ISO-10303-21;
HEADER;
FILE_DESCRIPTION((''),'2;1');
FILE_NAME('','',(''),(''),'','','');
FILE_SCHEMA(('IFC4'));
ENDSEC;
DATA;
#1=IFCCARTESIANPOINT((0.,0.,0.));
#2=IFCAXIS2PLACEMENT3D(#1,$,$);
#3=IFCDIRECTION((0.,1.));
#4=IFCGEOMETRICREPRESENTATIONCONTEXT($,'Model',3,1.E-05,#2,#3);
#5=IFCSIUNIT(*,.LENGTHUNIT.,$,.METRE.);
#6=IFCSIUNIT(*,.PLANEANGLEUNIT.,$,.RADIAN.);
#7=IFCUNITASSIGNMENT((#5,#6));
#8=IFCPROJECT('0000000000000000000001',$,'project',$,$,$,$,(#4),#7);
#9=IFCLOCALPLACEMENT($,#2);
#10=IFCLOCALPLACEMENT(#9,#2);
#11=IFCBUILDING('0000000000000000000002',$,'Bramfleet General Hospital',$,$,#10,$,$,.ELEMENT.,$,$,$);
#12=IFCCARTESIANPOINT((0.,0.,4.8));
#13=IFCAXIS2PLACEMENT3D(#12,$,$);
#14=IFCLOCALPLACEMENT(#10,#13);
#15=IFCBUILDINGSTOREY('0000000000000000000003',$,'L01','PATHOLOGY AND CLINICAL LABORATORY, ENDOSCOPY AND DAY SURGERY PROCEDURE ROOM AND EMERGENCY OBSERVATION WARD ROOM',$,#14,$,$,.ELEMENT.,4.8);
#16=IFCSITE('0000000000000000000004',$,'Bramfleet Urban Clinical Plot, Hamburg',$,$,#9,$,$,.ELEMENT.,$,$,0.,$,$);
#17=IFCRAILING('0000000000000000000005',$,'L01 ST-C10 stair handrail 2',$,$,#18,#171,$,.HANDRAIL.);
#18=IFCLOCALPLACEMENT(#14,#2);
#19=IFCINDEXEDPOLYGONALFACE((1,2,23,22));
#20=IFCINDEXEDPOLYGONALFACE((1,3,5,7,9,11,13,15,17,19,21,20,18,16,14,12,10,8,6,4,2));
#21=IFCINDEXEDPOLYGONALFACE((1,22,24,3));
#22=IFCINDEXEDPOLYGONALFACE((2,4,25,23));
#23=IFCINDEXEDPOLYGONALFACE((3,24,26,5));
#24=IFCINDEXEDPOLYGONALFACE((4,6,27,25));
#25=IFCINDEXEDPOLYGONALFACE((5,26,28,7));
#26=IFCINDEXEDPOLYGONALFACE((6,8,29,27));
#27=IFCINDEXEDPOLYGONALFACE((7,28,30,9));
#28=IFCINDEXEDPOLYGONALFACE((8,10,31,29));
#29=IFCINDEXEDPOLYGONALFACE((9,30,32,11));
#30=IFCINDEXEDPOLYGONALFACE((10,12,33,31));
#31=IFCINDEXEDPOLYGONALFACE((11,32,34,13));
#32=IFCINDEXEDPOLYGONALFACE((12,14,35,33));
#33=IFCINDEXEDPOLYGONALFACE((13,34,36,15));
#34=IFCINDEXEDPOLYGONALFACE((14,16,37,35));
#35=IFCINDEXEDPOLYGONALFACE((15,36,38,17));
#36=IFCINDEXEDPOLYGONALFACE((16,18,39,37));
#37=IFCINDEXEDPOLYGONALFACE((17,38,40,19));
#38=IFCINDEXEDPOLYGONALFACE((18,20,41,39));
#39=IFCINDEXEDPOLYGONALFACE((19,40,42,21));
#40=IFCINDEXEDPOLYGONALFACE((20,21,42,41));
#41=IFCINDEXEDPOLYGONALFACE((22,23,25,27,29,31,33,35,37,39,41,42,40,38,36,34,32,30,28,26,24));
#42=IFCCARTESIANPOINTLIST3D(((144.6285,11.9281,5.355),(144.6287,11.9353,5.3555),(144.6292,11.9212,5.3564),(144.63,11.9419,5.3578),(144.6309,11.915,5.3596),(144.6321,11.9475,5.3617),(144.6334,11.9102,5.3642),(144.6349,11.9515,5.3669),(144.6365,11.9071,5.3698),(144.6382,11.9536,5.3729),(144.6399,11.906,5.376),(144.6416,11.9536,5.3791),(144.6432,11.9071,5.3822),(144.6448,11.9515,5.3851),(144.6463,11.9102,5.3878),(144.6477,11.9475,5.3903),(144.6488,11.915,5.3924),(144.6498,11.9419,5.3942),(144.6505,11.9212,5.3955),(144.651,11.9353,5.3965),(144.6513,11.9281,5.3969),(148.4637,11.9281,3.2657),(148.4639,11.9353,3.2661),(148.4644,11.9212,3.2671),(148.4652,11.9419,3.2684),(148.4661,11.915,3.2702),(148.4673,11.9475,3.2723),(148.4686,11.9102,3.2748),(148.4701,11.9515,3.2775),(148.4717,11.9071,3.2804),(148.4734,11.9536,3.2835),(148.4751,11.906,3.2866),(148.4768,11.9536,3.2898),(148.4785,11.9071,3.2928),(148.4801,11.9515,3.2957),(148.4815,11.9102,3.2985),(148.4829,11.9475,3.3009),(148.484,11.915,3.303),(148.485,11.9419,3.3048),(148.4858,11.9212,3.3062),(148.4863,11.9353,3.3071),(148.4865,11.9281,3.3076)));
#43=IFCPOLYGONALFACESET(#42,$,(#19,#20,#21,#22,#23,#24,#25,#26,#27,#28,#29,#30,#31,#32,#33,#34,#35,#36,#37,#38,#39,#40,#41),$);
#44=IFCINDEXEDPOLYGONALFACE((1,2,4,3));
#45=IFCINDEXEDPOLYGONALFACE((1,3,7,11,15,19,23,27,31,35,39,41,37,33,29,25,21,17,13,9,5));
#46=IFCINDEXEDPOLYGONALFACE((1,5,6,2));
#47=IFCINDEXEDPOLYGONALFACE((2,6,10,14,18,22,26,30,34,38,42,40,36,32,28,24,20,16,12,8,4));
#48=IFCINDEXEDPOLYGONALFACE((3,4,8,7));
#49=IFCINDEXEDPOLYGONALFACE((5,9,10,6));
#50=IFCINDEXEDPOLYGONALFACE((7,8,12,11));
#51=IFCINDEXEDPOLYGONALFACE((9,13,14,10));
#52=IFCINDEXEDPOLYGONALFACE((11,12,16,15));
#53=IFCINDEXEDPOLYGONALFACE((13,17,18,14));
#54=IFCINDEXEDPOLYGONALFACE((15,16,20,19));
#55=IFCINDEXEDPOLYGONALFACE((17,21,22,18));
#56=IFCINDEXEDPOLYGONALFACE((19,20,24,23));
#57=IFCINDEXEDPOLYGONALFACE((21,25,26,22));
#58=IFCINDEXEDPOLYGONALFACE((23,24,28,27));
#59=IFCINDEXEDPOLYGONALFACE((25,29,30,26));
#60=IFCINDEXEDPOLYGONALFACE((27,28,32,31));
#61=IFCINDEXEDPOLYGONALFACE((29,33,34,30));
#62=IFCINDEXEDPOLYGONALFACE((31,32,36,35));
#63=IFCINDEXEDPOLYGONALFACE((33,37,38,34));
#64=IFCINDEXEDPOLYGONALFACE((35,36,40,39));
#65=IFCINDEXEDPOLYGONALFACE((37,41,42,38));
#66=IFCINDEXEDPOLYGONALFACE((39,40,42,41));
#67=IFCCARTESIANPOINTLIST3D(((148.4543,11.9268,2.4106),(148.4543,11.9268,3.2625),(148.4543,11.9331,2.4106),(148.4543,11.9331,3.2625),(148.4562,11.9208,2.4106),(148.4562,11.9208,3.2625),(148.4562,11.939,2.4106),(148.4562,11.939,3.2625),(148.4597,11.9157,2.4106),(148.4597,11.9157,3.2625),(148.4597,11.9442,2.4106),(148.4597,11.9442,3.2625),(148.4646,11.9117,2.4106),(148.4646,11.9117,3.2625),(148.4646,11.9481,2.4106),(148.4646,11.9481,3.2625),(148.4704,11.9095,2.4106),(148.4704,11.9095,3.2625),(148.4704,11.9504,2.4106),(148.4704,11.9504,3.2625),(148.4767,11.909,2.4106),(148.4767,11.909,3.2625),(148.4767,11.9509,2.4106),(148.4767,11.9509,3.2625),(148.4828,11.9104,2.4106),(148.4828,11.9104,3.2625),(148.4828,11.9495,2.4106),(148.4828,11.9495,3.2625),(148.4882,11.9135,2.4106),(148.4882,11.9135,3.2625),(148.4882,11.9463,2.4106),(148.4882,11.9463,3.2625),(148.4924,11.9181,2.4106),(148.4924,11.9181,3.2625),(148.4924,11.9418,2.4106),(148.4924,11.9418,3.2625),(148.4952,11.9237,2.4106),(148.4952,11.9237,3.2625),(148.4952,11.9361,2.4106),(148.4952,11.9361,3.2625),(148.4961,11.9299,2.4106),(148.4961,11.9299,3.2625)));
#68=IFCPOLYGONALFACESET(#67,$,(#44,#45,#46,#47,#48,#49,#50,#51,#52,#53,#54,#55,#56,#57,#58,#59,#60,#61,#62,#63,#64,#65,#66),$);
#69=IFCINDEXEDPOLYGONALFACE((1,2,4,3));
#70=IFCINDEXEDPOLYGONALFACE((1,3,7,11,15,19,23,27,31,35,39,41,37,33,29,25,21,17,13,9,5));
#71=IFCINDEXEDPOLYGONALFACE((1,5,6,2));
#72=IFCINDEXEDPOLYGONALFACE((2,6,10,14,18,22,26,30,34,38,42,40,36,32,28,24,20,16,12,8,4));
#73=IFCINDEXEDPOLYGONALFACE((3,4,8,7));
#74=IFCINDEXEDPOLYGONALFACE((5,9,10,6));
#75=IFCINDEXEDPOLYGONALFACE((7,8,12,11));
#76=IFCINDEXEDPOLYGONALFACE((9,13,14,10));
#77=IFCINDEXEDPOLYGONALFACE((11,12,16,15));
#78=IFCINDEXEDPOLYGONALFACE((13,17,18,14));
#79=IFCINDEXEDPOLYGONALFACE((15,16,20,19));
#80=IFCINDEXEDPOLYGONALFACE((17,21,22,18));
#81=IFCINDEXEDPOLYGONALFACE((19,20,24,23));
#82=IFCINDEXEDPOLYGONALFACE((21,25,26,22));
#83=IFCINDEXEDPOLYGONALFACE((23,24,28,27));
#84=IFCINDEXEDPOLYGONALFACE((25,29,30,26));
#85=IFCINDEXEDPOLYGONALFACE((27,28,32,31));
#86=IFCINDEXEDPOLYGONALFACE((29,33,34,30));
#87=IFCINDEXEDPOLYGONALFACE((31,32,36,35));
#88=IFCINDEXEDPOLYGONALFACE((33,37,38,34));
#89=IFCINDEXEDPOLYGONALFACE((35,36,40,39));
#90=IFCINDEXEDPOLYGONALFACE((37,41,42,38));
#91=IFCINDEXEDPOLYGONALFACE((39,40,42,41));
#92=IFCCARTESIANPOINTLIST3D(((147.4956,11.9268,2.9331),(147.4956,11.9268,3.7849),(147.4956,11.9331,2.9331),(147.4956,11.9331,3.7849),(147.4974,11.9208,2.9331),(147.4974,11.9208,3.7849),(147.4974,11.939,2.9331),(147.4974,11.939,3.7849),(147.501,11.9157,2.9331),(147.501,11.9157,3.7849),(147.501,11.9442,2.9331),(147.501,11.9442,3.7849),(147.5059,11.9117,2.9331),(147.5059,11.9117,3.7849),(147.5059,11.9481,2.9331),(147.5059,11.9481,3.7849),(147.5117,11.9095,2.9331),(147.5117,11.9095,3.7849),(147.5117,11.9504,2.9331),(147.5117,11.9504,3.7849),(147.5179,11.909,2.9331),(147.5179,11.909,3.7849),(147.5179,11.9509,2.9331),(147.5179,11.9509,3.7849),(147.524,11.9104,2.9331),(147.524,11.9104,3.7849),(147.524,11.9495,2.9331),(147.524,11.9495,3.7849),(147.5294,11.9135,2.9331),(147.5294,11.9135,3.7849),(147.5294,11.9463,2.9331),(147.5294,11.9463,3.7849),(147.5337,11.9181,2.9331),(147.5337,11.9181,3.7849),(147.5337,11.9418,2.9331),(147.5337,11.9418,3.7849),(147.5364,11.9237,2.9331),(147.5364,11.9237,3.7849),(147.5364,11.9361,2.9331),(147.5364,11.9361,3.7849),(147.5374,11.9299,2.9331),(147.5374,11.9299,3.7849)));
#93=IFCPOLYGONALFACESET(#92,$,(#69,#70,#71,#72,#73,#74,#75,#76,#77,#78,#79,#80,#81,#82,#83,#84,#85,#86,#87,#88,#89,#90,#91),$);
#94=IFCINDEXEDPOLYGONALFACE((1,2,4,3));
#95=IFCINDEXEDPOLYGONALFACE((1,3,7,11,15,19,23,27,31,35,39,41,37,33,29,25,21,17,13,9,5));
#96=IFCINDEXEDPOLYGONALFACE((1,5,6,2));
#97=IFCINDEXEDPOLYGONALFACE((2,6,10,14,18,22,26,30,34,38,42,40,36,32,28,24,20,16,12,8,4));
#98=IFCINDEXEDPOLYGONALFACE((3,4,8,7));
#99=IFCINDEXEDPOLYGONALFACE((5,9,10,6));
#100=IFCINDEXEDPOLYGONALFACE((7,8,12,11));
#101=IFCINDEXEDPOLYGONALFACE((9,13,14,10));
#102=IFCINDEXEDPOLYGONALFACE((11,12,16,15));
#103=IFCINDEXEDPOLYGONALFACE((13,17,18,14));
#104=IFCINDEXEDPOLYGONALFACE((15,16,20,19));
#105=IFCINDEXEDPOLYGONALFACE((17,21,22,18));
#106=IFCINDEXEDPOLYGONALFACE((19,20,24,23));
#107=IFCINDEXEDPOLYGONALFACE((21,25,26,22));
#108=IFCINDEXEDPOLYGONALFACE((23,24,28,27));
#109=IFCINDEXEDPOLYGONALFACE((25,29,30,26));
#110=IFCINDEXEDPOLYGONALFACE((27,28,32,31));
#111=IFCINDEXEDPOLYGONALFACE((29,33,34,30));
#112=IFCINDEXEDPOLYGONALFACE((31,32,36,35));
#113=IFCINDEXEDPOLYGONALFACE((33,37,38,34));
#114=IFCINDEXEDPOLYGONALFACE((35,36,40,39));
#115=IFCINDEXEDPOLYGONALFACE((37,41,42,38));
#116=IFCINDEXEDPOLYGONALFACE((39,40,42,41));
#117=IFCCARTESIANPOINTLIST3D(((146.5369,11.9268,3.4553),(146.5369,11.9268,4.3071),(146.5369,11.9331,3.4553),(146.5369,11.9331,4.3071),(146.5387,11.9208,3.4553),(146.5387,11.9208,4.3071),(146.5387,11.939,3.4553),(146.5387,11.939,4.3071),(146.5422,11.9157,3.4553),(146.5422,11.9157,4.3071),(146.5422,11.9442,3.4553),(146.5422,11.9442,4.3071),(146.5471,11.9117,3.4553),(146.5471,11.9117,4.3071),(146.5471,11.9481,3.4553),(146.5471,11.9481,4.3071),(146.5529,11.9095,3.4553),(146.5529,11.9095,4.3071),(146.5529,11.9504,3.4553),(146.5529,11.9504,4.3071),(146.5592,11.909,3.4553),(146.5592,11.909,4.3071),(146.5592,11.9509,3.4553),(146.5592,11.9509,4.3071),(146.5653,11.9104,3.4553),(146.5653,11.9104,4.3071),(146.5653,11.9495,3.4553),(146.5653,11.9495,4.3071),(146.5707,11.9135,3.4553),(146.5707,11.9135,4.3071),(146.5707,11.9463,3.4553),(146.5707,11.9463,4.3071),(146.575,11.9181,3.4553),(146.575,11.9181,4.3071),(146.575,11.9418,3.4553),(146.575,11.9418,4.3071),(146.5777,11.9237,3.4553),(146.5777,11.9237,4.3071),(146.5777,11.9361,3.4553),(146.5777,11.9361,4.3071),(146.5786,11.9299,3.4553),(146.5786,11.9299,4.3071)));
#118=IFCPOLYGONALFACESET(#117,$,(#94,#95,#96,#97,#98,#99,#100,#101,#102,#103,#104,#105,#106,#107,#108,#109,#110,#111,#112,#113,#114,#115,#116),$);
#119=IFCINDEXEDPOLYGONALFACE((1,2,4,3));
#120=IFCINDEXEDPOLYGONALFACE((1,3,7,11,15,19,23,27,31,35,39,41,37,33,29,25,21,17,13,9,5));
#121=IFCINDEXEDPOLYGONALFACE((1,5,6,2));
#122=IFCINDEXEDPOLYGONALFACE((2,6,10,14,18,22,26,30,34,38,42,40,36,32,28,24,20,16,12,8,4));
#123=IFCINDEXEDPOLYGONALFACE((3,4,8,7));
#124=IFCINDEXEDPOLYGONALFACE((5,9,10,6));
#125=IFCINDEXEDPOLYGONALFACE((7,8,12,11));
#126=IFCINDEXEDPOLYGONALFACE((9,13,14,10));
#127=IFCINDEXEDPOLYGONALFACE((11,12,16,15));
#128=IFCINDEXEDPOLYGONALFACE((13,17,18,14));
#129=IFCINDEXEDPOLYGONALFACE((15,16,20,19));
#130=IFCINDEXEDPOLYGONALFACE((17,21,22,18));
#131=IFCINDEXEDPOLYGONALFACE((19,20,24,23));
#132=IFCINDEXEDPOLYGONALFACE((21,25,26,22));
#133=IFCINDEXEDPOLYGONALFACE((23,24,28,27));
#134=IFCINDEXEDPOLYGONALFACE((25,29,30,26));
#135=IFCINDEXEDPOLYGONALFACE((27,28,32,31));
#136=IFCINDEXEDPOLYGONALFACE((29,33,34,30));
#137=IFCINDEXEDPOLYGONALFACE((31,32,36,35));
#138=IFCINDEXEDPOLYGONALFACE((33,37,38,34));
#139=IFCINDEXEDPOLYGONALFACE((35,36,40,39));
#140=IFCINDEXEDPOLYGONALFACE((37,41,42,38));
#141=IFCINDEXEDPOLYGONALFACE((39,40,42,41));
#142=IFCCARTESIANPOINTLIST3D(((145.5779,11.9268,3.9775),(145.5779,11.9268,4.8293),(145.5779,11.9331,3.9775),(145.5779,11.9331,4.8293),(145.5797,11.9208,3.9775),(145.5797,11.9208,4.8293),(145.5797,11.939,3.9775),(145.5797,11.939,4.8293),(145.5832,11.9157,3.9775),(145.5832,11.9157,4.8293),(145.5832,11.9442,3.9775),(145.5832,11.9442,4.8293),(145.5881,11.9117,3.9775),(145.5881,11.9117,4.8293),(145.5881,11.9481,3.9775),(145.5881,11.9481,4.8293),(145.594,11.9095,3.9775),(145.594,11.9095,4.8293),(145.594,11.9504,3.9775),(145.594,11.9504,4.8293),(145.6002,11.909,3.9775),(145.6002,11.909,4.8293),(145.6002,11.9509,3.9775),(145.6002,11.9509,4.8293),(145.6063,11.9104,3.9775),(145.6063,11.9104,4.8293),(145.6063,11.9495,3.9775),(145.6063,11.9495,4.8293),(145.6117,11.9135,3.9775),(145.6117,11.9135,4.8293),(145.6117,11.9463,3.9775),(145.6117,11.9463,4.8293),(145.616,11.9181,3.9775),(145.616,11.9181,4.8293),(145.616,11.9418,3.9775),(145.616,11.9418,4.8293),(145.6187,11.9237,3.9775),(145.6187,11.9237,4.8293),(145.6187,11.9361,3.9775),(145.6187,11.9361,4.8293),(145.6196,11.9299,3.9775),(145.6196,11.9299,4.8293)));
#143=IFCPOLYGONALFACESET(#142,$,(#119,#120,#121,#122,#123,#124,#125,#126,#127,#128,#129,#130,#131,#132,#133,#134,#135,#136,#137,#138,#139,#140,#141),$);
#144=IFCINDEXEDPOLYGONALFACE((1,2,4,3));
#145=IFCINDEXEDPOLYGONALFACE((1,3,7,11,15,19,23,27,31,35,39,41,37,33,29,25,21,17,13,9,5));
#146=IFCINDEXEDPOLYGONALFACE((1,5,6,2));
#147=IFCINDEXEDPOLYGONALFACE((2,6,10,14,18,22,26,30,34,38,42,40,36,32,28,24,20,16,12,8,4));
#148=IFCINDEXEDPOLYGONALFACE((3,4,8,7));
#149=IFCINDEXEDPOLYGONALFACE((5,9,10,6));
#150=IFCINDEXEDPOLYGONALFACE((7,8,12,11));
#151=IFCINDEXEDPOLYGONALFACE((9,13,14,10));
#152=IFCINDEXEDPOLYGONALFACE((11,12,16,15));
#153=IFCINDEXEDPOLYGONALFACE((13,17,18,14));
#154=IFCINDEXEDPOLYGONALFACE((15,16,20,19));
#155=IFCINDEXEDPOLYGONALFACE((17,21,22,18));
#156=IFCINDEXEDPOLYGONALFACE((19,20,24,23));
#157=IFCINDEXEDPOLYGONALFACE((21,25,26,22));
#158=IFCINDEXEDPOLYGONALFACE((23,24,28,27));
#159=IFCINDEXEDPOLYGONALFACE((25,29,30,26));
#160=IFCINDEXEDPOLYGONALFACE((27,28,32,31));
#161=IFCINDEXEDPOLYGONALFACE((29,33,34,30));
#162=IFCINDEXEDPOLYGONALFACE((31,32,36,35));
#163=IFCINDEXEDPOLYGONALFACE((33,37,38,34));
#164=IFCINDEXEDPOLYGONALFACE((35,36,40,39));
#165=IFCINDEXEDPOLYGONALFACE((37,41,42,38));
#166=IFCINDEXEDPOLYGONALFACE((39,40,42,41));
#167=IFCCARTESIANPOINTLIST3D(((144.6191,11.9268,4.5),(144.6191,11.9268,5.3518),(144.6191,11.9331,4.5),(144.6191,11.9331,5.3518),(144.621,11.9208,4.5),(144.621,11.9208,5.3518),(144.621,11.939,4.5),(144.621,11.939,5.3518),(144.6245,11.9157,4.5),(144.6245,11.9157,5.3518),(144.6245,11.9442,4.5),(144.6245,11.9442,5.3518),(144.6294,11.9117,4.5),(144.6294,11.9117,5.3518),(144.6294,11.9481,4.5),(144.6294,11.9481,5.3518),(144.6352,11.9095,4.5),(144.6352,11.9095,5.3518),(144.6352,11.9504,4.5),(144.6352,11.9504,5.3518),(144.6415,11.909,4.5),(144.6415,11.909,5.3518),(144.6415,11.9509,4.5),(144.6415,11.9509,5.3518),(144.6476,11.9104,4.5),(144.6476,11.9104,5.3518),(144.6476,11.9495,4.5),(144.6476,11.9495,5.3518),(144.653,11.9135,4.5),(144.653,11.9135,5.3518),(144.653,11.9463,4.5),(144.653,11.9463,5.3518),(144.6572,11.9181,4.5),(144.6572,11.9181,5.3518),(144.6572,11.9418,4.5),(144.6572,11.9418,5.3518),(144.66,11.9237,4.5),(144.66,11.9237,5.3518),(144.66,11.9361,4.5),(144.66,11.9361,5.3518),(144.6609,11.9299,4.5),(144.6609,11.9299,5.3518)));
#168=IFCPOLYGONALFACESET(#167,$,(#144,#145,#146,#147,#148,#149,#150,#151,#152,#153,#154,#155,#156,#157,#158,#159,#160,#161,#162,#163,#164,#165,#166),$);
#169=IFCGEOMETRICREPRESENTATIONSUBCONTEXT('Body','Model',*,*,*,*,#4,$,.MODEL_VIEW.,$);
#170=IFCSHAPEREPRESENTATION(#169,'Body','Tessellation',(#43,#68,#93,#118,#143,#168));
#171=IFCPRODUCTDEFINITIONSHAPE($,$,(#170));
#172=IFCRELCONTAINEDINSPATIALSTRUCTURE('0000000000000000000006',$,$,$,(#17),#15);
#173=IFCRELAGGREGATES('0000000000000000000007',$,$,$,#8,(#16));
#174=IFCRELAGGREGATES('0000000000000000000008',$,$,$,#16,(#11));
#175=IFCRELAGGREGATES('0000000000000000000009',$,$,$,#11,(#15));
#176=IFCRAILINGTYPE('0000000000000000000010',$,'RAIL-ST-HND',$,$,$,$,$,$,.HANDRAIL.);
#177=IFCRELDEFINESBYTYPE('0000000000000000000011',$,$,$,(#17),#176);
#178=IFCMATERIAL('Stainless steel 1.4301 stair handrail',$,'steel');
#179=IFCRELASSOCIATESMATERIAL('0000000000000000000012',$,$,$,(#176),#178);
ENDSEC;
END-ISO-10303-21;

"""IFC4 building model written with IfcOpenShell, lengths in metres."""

from ifc_helpers import new_model, si_unit, direction, frame, origin, origin_2d, place, context, subcontext, project, spatial, circle, extrude, material, type_object, element, save


model = new_model("IFC4")

# Units and contexts
model_context = context("Model", 3, precision=1e-05, world=origin(), true_north=direction((0.0, 1.0)))
body_context = subcontext(model_context, "Body", "Model", "MODEL_VIEW")
ifc_project = project(units=[si_unit("LENGTHUNIT", "METRE"), si_unit("PLANEANGLEUNIT", "RADIAN")], contexts=[model_context])

# Site, building, storey
site_placement = place(None, origin())
site = spatial("IfcSite", under=ifc_project, at=site_placement, Name="Bramfleet Urban Clinical Plot, Hamburg", CompositionType="ELEMENT", RefElevation=0.0)
building_placement = place(site_placement, origin())
building = spatial("IfcBuilding", under=site, at=building_placement, Name="Bramfleet General Hospital", CompositionType="ELEMENT")
storey_placement = place(building_placement, frame((0.0, 0.0, 4.8)))
storey = spatial("IfcBuildingStorey", under=building, at=storey_placement, Name="L01", Description="PATHOLOGY AND CLINICAL LABORATORY, ENDOSCOPY AND DAY SURGERY PROCEDURE ROOM AND EMERGENCY OBSERVATION WARD ROOM", CompositionType="ELEMENT", Elevation=4.8)

# Railing
ifc_material_1 = material(Name="Stainless steel 1.4301 stair handrail", Category="steel")
railing_type_1 = type_object("IfcRailingType", Name="RAIL-ST-HND", PredefinedType="HANDRAIL", material=ifc_material_1)
railing_1_placement = place(storey_placement, frame((148.4751, 11.9299, 2.4106)))
element("IfcRailing", 1, at=railing_1_placement, inside=storey, type_object=railing_type_1, Name="L01 ST-C10 stair handrail 2", PredefinedType="HANDRAIL", context=body_context, shape_type="SweptSolid", body=[
    extrude(circle(Radius=0.0239, at=origin_2d()), frame((0.0, 0.0, 0.876), z_axis=(-0.878143, 0.0, 0.478398), x_axis=(0.0, -1.0, 0.0)), (0.0, 0.0, 1.0), 4.3674),
    extrude(circle(Radius=0.021, at=origin_2d()), origin(), (0.0, 0.0, 1.0), 0.8518),
    extrude(circle(Radius=0.021, at=origin_2d()), frame((-0.9587, 0.0, 0.5225)), (0.0, 0.0, 1.0), 0.8518),
    extrude(circle(Radius=0.021, at=origin_2d()), frame((-1.9175, 0.0, 1.0447)), (0.0, 0.0, 1.0), 0.8518),
    extrude(circle(Radius=0.021, at=origin_2d()), frame((-2.8765, 0.0, 1.5669)), (0.0, 0.0, 1.0), 0.8518),
    extrude(circle(Radius=0.021, at=origin_2d()), frame((-3.8352, 0.0, 2.0894)), (0.0, 0.0, 1.0), 0.8518),
])

save(model, "model.ifc")
